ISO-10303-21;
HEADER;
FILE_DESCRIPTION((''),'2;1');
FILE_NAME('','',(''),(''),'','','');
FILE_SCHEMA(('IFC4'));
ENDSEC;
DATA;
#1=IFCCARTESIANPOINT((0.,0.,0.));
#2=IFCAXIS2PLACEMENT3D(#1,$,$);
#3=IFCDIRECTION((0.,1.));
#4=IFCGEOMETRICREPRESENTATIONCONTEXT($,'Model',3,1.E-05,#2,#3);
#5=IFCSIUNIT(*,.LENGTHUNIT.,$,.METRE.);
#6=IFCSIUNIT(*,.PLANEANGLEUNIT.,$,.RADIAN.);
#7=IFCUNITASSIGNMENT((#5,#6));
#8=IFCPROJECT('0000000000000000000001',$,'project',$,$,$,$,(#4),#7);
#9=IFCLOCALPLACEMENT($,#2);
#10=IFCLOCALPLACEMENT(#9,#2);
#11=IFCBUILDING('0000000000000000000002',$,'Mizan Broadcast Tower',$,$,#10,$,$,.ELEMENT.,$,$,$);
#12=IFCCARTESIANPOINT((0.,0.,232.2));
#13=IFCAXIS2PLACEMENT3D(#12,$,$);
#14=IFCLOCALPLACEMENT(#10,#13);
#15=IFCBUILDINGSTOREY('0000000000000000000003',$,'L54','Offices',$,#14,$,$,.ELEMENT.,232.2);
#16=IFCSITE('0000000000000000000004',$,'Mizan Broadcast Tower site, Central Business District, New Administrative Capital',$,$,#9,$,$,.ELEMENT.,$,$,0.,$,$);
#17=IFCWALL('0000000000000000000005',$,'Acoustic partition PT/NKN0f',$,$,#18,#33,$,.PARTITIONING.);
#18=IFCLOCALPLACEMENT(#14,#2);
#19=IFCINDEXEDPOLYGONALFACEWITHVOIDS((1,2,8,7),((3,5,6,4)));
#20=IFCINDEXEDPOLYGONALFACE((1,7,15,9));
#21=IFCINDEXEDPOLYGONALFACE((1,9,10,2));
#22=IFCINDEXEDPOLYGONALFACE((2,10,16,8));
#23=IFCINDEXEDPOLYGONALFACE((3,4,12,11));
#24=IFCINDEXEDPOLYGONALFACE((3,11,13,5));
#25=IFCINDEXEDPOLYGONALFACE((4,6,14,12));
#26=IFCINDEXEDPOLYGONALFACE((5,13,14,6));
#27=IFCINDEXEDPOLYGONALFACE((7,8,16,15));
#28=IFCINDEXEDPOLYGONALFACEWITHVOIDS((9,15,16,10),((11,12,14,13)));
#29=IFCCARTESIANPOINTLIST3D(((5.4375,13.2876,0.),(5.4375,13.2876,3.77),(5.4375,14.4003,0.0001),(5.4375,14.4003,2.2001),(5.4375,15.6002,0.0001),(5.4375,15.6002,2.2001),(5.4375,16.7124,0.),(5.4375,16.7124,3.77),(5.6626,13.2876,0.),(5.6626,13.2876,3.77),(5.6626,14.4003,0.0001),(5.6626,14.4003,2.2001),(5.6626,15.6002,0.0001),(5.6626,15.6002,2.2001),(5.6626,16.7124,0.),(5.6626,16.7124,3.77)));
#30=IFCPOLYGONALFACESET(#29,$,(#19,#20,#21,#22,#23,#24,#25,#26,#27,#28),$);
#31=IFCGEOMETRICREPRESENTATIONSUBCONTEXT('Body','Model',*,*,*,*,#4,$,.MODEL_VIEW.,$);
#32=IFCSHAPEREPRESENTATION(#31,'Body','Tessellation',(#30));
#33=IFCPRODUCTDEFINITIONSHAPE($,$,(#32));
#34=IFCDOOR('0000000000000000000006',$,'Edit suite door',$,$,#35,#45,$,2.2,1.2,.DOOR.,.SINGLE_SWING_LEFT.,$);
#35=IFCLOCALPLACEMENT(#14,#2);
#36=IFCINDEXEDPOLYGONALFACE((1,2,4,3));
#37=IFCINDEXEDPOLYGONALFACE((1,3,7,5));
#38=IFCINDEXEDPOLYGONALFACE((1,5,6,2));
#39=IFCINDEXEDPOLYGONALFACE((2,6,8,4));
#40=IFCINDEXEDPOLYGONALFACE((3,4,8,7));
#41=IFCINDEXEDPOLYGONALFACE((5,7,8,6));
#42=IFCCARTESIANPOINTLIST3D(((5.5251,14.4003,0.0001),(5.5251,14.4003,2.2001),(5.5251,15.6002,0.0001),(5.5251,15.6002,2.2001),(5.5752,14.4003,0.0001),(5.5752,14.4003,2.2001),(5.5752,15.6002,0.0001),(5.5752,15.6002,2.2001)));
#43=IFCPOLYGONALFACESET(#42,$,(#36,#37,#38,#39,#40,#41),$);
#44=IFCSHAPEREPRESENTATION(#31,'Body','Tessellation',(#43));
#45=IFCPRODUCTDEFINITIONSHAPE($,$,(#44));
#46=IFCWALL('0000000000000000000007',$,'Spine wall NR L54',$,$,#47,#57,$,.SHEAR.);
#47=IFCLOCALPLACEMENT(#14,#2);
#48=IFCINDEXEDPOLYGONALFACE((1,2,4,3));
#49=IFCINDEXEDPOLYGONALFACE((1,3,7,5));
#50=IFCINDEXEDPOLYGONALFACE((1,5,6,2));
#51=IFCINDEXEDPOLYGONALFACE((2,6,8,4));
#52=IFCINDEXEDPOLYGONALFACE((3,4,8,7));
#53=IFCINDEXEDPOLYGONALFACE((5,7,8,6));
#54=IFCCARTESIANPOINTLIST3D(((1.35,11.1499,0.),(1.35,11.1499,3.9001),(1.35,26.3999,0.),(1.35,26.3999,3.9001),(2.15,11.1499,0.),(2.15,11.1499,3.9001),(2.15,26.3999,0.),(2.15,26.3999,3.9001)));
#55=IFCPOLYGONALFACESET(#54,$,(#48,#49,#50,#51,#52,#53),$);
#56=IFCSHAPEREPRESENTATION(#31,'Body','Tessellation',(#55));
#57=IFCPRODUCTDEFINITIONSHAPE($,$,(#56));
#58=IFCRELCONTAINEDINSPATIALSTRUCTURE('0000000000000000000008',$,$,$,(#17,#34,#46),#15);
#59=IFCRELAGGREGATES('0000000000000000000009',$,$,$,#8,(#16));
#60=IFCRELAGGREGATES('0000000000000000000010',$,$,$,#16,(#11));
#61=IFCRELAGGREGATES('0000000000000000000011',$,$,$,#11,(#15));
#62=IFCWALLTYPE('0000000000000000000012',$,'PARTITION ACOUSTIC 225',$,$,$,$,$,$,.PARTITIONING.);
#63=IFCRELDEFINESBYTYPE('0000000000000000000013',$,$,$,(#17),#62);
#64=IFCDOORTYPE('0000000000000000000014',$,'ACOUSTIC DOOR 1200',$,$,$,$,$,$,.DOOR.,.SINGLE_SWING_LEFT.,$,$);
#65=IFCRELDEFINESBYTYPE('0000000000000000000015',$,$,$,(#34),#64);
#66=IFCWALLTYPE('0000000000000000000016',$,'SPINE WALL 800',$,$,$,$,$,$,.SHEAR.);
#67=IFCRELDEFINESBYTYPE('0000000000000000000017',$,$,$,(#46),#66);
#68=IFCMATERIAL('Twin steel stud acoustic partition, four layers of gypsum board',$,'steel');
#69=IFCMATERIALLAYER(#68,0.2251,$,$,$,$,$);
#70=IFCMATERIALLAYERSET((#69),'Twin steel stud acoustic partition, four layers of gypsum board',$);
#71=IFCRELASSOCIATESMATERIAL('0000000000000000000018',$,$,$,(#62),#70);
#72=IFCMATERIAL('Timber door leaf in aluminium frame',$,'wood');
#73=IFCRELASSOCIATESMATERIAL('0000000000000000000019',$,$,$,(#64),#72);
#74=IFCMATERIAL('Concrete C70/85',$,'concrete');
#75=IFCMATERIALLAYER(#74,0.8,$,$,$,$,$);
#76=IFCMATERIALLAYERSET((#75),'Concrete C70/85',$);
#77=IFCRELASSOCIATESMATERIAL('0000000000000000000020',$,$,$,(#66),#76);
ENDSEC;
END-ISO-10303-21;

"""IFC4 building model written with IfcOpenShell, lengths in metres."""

from ifc_helpers import new_model, si_unit, direction, frame, frame_2d, origin, place, context, subcontext, project, spatial, rectangle, extrude, material, layer, layer_set, type_object, element, fill, save


model = new_model("IFC4")

# Units and contexts
model_context = context("Model", 3, precision=1e-05, world=origin(), true_north=direction((0.0, 1.0)))
body_context = subcontext(model_context, "Body", "Model", "MODEL_VIEW")
ifc_project = project(units=[si_unit("LENGTHUNIT", "METRE"), si_unit("PLANEANGLEUNIT", "RADIAN")], contexts=[model_context])

# Site, building, storey
site_placement = place(None, origin())
site = spatial("IfcSite", under=ifc_project, at=site_placement, Name="Mizan Broadcast Tower site, Central Business District, New Administrative Capital", CompositionType="ELEMENT", RefElevation=0.0)
building_placement = place(site_placement, origin())
building = spatial("IfcBuilding", under=site, at=building_placement, Name="Mizan Broadcast Tower", CompositionType="ELEMENT")
storey_placement = place(building_placement, frame((0.0, 0.0, 232.2)))
storey = spatial("IfcBuildingStorey", under=building, at=storey_placement, Name="L54", Description="Offices", CompositionType="ELEMENT", Elevation=232.2)

# Shared definitions
ifc_material_1 = material(Name="Twin steel stud acoustic partition, four layers of gypsum board", Category="steel")
ifc_layer_1 = layer(ifc_material_1, 0.2251)
ifc_layer_set_1 = layer_set([ifc_layer_1], Name="Twin steel stud acoustic partition, four layers of gypsum board")
wall_type_1 = type_object("IfcWallType", Name="PARTITION ACOUSTIC 225", PredefinedType="PARTITIONING", material=ifc_layer_set_1)

# Wall, opening, door
wall_1_placement = place(storey_placement, frame((5.55, 13.2876, 0.0), z_axis=(0.0, 0.0, 1.0), x_axis=(0.0, 1.0, 0.0)))
wall_1 = element("IfcWall", 1, at=wall_1_placement, inside=storey, type_object=wall_type_1, Name="Acoustic partition PT/NKN0f", PredefinedType="PARTITIONING", context=body_context, shape_type="SweptSolid", body=[
    extrude(rectangle(XDim=3.4248, YDim=0.2251, at=frame_2d((1.7124, 0.0))), origin(), (0.0, 0.0, 1.0), 3.77),
])
opening_1_placement = place(wall_1_placement, frame((1.1125, 0.0, 0.0)))
opening_1 = element("IfcOpeningElement", 2, at=opening_1_placement, cuts=wall_1, PredefinedType="OPENING", context=body_context, shape_type="SweptSolid", body=[
    extrude(rectangle(XDim=1.2, YDim=2.2, at=frame_2d((0.6001, 1.1001))), frame((0.0, 0.1226, 0.0), z_axis=(0.0, -1.0, 0.0), x_axis=(1.0, 0.0, 0.0)), (0.0, 0.0, 1.0), 0.2451),
])
ifc_material_2 = material(Name="Timber door leaf in aluminium frame", Category="wood")
door_type_1 = type_object("IfcDoorType", Name="ACOUSTIC DOOR 1200", OperationType="SINGLE_SWING_LEFT", PredefinedType="DOOR", material=ifc_material_2)
door_1_placement = place(opening_1_placement, origin())
door_1 = element("IfcDoor", 3, at=door_1_placement, inside=storey, type_object=door_type_1, Name="Edit suite door", OperationType="SINGLE_SWING_LEFT", OverallHeight=2.2, OverallWidth=1.2, PredefinedType="DOOR", context=body_context, shape_type="SweptSolid", body=[
    extrude(rectangle(XDim=1.2, YDim=2.2, at=frame_2d((0.6001, 1.1001))), frame((0.0, 0.0249, 0.0), z_axis=(0.0, -1.0, 0.0), x_axis=(1.0, 0.0, 0.0)), (0.0, 0.0, 1.0), 0.05),
])
fill(opening_1, door_1)

# Wall
ifc_material_3 = material(Name="Concrete C70/85", Category="concrete")
ifc_layer_2 = layer(ifc_material_3, 0.8)
ifc_layer_set_2 = layer_set([ifc_layer_2], Name="Concrete C70/85")
wall_type_2 = type_object("IfcWallType", Name="SPINE WALL 800", PredefinedType="SHEAR", material=ifc_layer_set_2)
wall_2_placement = place(storey_placement, frame((1.75, 11.1499, 0.0), z_axis=(0.0, 0.0, 1.0), x_axis=(0.0, 1.0, 0.0)))
element("IfcWall", 4, at=wall_2_placement, inside=storey, type_object=wall_type_2, Name="Spine wall NR L54", PredefinedType="SHEAR", context=body_context, shape_type="SweptSolid", body=[
    extrude(rectangle(XDim=15.25, YDim=0.8, at=frame_2d((7.625, 0.0))), origin(), (0.0, 0.0, 1.0), 3.9001),
])

save(model, "model.ifc")
